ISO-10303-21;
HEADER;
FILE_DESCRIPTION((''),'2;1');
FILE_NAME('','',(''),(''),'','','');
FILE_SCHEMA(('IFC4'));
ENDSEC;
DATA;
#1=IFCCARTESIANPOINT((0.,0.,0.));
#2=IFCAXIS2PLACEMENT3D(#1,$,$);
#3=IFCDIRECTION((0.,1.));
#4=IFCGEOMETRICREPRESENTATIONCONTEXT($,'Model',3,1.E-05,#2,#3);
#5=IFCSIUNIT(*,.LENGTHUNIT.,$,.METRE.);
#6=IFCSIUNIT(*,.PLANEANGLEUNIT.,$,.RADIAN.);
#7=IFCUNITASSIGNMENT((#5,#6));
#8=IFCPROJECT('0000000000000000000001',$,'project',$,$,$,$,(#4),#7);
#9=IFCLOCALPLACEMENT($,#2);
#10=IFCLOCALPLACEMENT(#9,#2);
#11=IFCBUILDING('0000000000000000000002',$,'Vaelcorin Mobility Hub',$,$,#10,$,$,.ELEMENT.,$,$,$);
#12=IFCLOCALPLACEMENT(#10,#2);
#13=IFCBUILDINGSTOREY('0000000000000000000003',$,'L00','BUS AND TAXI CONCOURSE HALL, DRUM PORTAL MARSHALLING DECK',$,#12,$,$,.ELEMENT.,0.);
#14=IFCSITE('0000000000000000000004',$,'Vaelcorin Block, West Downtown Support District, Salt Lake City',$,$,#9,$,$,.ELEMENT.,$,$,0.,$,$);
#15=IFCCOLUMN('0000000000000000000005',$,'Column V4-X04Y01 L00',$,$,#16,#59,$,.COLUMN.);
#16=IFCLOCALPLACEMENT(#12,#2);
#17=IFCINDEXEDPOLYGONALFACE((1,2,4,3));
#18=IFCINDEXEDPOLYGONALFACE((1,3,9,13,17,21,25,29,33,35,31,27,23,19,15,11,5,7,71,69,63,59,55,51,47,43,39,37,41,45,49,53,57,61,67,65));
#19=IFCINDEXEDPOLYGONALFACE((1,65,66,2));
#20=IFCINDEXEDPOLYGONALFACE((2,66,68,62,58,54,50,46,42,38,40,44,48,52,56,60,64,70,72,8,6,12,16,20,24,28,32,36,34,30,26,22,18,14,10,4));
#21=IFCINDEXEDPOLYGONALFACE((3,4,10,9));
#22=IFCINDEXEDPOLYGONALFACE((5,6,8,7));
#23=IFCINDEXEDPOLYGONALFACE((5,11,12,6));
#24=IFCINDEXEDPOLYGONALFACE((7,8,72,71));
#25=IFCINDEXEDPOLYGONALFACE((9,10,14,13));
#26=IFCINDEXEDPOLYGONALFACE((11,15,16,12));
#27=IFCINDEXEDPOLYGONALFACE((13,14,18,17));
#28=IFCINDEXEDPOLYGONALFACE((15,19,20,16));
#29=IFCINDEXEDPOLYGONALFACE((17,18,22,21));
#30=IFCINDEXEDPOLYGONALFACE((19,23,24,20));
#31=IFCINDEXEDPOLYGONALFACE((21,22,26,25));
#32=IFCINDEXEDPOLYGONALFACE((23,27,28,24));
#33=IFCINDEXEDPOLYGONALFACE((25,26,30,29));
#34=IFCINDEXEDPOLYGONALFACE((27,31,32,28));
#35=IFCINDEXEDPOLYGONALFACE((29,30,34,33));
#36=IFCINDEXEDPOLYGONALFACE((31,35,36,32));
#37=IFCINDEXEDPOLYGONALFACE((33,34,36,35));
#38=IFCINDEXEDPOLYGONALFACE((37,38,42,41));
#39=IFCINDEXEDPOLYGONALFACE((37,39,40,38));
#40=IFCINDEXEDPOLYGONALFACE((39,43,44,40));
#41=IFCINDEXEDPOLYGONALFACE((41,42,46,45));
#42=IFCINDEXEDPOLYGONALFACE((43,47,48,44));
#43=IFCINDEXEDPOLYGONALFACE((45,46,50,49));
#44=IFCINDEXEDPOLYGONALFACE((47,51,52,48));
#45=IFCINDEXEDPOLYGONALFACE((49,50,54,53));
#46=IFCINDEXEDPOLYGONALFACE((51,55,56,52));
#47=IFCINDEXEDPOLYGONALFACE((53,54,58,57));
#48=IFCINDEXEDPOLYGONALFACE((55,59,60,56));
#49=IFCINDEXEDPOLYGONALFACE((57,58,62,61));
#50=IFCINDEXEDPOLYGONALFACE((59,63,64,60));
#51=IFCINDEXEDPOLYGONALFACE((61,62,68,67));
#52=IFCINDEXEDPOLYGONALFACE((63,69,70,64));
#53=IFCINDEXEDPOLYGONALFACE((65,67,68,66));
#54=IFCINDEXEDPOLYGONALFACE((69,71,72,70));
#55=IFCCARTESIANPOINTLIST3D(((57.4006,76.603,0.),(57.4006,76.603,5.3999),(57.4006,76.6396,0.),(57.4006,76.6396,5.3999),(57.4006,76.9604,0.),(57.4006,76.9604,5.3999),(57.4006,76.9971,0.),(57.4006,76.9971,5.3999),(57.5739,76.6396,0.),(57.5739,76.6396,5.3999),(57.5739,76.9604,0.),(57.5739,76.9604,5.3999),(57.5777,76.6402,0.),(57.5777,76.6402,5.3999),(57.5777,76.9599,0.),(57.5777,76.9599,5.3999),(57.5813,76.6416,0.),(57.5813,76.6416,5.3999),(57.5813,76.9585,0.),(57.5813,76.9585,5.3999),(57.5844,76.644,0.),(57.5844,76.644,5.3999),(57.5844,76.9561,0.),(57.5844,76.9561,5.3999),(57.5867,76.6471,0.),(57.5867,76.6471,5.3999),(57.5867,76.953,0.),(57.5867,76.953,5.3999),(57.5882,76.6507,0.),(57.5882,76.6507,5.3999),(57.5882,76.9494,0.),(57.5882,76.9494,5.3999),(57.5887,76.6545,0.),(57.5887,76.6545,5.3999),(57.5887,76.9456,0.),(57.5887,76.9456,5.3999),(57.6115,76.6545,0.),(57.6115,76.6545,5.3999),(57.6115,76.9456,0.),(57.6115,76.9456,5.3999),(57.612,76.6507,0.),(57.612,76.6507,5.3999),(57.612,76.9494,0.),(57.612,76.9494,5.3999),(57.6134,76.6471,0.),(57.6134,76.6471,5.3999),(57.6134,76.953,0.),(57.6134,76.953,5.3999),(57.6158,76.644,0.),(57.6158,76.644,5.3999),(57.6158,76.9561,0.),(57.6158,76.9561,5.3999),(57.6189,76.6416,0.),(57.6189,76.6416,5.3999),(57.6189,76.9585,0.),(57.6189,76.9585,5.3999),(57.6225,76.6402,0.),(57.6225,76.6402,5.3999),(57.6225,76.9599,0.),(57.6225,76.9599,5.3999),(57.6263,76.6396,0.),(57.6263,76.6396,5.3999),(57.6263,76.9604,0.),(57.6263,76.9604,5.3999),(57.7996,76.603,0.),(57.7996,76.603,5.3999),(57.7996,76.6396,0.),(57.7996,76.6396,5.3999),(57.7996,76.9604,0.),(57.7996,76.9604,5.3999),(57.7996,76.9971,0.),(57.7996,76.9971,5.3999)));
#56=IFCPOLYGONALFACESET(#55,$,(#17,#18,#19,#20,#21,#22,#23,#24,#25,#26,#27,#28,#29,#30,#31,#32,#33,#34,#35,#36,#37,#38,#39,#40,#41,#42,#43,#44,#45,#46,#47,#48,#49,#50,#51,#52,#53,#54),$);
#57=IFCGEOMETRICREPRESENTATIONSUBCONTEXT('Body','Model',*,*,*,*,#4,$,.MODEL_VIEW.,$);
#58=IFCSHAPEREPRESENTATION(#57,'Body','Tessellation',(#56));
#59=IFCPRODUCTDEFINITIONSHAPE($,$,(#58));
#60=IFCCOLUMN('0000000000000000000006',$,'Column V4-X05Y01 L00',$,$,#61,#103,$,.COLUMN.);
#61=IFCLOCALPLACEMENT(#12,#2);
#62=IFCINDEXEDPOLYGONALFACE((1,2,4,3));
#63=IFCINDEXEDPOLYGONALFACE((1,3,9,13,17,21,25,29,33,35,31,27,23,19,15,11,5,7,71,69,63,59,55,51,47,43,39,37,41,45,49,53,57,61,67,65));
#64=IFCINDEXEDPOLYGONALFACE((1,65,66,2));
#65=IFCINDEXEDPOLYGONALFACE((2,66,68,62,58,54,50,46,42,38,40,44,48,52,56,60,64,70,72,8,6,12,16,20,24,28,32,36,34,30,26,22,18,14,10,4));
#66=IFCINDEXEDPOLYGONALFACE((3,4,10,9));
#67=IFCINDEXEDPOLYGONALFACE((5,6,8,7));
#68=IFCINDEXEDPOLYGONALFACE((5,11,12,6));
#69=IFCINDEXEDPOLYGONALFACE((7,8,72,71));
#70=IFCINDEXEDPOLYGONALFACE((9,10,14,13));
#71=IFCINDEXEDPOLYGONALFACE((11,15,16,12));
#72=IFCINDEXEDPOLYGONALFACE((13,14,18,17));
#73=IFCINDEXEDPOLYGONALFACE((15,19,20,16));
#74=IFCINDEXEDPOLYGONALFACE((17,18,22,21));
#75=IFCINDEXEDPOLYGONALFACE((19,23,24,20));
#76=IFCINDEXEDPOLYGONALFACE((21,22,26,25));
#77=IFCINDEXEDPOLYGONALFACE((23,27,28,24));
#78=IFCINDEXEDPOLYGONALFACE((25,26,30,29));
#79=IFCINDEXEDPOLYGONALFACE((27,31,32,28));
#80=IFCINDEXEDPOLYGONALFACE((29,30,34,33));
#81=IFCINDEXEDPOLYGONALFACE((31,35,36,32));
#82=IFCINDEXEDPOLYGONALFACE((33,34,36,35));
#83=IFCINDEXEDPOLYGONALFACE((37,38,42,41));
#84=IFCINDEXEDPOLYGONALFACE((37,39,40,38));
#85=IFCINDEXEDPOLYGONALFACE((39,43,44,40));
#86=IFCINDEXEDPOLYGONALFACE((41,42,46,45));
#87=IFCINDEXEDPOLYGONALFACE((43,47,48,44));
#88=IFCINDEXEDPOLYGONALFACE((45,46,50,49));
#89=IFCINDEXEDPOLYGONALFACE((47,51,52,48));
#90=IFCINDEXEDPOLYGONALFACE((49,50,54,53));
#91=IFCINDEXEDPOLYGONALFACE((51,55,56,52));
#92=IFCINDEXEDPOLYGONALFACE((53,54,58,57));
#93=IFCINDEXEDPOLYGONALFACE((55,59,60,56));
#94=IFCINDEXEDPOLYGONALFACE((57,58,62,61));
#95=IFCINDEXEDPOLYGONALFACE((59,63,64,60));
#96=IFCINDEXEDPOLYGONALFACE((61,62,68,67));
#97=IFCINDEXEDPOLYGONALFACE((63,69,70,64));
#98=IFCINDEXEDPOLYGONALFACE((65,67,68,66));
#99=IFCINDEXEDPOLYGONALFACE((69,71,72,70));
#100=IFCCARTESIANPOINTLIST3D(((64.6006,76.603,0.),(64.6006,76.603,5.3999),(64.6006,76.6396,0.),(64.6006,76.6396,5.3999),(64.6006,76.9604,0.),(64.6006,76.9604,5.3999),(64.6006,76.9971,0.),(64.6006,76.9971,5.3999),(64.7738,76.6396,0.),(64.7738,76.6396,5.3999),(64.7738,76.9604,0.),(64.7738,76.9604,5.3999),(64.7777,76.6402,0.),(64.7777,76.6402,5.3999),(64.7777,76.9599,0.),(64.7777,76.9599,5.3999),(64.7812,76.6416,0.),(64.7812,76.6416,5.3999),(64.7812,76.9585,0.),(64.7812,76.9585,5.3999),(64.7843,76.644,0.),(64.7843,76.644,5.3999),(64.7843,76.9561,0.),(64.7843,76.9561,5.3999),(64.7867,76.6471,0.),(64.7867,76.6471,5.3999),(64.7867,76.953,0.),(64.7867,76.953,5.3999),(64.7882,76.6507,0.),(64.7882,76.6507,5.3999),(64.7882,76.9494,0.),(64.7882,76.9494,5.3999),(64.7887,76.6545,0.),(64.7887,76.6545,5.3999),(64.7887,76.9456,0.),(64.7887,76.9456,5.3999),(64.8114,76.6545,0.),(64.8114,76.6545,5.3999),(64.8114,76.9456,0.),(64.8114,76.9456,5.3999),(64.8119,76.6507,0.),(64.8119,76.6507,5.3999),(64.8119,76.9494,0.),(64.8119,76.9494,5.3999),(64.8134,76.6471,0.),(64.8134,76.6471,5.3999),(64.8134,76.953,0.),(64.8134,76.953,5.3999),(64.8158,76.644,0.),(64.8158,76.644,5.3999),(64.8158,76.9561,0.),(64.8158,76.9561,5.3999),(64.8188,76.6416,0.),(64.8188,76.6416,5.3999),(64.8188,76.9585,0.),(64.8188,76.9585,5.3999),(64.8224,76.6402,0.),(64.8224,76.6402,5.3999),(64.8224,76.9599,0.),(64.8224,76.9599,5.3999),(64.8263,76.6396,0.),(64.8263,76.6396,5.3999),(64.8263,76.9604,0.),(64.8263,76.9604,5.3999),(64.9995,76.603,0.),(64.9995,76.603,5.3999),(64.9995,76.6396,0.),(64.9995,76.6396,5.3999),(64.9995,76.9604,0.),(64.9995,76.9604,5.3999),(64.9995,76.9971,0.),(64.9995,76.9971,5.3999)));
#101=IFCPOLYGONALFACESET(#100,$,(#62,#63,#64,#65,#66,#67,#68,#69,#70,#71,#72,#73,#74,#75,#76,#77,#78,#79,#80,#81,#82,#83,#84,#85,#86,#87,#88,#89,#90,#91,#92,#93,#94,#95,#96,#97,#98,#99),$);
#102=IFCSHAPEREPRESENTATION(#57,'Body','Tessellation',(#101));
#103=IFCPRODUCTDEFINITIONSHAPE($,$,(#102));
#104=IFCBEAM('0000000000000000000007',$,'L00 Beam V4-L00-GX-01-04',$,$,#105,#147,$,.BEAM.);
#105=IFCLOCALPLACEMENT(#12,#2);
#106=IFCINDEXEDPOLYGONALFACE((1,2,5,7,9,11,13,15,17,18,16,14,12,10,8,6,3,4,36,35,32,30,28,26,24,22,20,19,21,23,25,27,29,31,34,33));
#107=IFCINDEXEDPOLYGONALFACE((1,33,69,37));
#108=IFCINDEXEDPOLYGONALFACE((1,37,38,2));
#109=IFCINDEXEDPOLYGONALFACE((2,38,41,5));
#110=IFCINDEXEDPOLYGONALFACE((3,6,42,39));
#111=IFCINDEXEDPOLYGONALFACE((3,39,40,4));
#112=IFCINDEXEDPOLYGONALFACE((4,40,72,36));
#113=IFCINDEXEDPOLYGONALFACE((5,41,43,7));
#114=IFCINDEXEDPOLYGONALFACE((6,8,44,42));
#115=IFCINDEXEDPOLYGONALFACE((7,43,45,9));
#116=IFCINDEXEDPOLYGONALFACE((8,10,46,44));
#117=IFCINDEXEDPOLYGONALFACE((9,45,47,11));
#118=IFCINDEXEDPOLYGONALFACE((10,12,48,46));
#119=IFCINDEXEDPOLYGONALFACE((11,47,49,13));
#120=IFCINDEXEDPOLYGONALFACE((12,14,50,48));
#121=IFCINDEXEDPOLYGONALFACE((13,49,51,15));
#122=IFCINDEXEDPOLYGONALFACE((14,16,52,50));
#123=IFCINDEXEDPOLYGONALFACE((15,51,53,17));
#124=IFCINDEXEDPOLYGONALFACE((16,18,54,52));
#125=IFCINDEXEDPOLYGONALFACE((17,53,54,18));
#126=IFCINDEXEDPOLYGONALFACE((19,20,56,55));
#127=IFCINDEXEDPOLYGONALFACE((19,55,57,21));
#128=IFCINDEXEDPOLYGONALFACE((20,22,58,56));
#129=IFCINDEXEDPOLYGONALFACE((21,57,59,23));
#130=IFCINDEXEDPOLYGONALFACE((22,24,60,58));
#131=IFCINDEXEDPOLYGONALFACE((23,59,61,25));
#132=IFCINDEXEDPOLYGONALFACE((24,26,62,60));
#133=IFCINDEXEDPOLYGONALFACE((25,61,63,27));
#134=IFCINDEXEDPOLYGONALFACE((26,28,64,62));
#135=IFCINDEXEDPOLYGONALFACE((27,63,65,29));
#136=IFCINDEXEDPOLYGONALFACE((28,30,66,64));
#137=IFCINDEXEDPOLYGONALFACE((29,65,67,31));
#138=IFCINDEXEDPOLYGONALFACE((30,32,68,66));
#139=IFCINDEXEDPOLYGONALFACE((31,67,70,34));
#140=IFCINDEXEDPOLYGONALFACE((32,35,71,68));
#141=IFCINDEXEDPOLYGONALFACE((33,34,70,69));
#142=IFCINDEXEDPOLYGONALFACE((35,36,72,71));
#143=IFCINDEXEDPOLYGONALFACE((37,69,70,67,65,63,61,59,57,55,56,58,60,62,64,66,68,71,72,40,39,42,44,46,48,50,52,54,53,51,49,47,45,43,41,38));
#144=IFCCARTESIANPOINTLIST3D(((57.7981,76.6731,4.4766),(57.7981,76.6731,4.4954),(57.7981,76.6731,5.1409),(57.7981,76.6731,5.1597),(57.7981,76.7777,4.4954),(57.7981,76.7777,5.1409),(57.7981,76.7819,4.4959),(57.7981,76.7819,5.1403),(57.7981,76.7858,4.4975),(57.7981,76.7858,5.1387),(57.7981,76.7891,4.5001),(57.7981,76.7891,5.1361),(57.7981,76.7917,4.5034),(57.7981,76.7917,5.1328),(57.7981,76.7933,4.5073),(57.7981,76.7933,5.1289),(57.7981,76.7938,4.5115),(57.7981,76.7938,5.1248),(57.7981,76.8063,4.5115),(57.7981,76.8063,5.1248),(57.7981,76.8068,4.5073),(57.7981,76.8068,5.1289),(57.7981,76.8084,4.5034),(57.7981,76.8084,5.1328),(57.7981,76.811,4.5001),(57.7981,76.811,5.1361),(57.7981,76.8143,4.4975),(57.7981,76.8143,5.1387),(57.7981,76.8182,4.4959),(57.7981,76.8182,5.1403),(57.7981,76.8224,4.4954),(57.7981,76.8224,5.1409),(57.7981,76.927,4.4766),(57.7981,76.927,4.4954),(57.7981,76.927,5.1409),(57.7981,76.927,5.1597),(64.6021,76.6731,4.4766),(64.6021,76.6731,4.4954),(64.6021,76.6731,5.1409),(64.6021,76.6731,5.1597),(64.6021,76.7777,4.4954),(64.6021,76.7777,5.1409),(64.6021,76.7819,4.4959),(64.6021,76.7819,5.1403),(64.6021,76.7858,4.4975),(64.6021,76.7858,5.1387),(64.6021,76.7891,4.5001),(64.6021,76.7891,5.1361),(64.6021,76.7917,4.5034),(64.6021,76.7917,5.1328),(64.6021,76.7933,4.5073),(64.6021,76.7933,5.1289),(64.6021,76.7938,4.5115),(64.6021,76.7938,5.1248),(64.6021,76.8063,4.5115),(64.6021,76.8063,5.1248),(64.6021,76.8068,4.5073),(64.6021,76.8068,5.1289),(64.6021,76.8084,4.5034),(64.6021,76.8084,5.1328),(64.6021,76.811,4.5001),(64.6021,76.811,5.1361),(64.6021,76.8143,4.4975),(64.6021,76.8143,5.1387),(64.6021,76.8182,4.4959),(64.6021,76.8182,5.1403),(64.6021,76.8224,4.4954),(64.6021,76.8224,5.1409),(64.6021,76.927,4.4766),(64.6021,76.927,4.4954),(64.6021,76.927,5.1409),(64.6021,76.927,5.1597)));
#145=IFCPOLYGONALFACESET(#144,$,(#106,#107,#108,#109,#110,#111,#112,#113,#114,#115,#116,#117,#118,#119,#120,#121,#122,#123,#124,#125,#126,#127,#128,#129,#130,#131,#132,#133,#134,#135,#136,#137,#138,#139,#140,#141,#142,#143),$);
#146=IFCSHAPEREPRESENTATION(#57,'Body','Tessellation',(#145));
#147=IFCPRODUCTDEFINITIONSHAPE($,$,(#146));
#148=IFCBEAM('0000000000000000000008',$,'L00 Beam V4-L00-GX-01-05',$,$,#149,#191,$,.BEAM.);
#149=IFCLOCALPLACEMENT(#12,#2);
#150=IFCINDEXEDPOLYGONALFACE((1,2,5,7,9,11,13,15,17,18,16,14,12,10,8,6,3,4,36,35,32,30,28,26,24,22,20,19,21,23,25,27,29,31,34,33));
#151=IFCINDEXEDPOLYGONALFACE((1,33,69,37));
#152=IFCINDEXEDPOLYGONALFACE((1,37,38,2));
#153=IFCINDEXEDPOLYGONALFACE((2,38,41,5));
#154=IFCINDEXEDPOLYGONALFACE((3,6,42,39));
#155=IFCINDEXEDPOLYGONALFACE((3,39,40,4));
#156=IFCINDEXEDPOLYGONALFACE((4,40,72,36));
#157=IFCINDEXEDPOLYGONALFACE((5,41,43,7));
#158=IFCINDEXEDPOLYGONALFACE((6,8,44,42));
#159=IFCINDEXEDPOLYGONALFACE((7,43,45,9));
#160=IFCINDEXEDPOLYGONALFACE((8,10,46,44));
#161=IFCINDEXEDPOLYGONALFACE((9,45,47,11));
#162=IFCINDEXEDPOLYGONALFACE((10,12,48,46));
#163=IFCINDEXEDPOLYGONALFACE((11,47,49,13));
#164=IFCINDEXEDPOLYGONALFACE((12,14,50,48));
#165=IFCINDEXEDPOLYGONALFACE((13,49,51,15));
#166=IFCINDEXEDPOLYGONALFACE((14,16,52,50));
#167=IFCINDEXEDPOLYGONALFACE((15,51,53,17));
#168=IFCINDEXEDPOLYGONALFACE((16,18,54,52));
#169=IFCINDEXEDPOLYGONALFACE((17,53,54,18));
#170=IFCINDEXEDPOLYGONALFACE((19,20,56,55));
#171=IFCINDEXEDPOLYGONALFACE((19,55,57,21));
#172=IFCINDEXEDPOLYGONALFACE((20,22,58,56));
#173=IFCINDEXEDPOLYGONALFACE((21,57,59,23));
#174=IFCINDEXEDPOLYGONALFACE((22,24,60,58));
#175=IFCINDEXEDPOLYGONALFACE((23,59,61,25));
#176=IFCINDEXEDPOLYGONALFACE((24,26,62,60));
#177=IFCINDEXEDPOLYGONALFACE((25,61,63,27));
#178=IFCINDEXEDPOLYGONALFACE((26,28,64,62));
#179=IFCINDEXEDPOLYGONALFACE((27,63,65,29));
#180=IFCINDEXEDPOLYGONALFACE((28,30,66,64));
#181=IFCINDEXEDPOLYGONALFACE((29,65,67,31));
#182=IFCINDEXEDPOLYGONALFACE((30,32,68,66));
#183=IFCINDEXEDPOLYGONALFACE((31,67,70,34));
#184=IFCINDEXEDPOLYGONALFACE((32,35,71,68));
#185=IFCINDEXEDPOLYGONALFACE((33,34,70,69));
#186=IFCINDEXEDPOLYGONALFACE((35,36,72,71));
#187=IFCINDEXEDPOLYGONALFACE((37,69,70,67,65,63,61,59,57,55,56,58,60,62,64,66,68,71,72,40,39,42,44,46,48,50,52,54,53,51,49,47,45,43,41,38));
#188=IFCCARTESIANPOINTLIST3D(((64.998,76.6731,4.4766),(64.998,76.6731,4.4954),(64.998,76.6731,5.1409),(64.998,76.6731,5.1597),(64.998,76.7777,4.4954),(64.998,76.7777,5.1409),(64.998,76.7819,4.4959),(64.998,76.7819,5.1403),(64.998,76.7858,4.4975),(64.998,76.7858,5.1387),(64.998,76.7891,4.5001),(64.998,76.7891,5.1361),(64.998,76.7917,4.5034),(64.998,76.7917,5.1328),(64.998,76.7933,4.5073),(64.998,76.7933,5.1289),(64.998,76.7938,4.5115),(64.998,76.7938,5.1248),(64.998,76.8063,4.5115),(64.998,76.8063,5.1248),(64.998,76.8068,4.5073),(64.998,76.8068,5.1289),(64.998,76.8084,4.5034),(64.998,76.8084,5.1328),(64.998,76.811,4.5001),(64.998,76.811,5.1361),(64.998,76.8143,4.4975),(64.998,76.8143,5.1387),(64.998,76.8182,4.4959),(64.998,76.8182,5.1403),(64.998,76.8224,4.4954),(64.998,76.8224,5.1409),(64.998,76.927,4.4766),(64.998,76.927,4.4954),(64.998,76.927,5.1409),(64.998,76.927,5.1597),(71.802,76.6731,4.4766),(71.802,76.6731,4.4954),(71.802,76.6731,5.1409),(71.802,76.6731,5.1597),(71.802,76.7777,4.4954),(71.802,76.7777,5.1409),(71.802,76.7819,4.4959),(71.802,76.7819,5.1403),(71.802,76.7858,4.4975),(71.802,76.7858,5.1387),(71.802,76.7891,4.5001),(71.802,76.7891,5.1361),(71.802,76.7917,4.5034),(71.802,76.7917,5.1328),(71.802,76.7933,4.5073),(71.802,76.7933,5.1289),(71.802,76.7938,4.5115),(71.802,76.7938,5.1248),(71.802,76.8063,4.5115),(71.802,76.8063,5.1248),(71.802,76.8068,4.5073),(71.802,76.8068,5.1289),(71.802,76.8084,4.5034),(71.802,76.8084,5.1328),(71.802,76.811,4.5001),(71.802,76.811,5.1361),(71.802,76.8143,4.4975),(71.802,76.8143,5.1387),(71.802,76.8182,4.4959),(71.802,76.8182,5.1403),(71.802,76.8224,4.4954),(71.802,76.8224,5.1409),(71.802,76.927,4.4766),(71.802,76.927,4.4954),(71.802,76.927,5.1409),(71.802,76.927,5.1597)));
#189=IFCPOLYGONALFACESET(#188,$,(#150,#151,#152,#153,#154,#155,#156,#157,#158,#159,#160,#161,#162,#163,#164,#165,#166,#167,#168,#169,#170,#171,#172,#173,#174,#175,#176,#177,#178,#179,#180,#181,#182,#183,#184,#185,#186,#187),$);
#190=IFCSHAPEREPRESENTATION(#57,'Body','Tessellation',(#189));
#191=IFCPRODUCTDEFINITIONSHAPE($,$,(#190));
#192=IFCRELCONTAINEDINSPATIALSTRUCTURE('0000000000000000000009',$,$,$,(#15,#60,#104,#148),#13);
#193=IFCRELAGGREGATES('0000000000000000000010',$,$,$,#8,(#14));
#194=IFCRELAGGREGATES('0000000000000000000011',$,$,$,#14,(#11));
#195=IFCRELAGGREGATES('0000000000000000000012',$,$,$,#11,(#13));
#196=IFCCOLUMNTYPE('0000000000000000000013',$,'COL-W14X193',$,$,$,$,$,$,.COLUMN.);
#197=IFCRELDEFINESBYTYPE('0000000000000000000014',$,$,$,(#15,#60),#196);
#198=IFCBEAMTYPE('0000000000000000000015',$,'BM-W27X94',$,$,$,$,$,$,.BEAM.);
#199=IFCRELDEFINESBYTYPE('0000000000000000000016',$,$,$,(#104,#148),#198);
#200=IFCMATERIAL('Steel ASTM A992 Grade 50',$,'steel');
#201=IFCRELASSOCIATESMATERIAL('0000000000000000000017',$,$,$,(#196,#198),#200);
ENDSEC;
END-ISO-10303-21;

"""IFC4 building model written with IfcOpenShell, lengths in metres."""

from ifc_helpers import new_model, si_unit, direction, frame, origin, origin_2d, place, context, subcontext, project, spatial, i_section, extrude, material, material_profile, profile_set, type_object, element, save


model = new_model("IFC4")

# Units and contexts
model_context = context("Model", 3, precision=1e-05, world=origin(), true_north=direction((0.0, 1.0)))
body_context = subcontext(model_context, "Body", "Model", "MODEL_VIEW")
ifc_project = project(units=[si_unit("LENGTHUNIT", "METRE"), si_unit("PLANEANGLEUNIT", "RADIAN")], contexts=[model_context])

# Site, building, storey
site_placement = place(None, origin())
site = spatial("IfcSite", under=ifc_project, at=site_placement, Name="Vaelcorin Block, West Downtown Support District, Salt Lake City", CompositionType="ELEMENT", RefElevation=0.0)
building_placement = place(site_placement, origin())
building = spatial("IfcBuilding", under=site, at=building_placement, Name="Vaelcorin Mobility Hub", CompositionType="ELEMENT")
storey_placement = place(building_placement, origin())
storey = spatial("IfcBuildingStorey", under=building, at=storey_placement, Name="L00", Description="BUS AND TAXI CONCOURSE HALL, DRUM PORTAL MARSHALLING DECK", CompositionType="ELEMENT", Elevation=0.0)

# Columns
ifc_material_1 = material(Name="Steel ASTM A992 Grade 50", Category="steel")
ifc_material_profile_1 = material_profile(ifc_material_1, i_section(OverallWidth=0.3989, OverallDepth=0.394, WebThickness=0.0227, FlangeThickness=0.0366, FilletRadius=0.0149, at=origin_2d()), Name="W14X193")
ifc_profile_set_1 = profile_set([ifc_material_profile_1], Name="Steel ASTM A992 Grade 50")
column_type = type_object("IfcColumnType", Name="COL-W14X193", PredefinedType="COLUMN", material=ifc_profile_set_1)
for number, where, z_axis, x_axis, name in (
    (1, (57.6001, 76.8, 0.0), (0.0, 0.0, 1.0), (1.0, 0.0, 0.0), "Column V4-X04Y01 L00"),
    (2, (64.8, 76.8, 0.0), (0.0, 0.0, 1.0), (1.0, 0.0, 0.0), "Column V4-X05Y01 L00"),
):
    element("IfcColumn", number, at=place(storey_placement, frame(where, z_axis=z_axis, x_axis=x_axis)), inside=storey, type_object=column_type, Name=name, PredefinedType="COLUMN", context=body_context, shape_type="SweptSolid", body=[
        extrude(i_section(OverallWidth=0.3989, OverallDepth=0.394, WebThickness=0.0227, FlangeThickness=0.0366, FilletRadius=0.0149, at=origin_2d()), origin(), (0.0, 0.0, 1.0), 5.3999),
    ])

# Beams
ifc_material_profile_2 = material_profile(ifc_material_1, i_section(OverallWidth=0.2539, OverallDepth=0.6831, WebThickness=0.0125, FlangeThickness=0.0188, FilletRadius=0.0161, at=origin_2d()), Name="W27X94")
ifc_profile_set_2 = profile_set([ifc_material_profile_2], Name="Steel ASTM A992 Grade 50")
beam_type = type_object("IfcBeamType", Name="BM-W27X94", PredefinedType="BEAM", material=ifc_profile_set_2)
for number, where, z_axis, x_axis, name in (
    (3, (57.7981, 76.8, 4.8181), (1.0, 0.0, 0.0), (0.0, 1.0, 0.0), "L00 Beam V4-L00-GX-01-04"),
    (4, (64.998, 76.8, 4.8181), (1.0, 0.0, 0.0), (0.0, 1.0, 0.0), "L00 Beam V4-L00-GX-01-05"),
):
    element("IfcBeam", number, at=place(storey_placement, frame(where, z_axis=z_axis, x_axis=x_axis)), inside=storey, type_object=beam_type, Name=name, PredefinedType="BEAM", context=body_context, shape_type="SweptSolid", body=[
        extrude(i_section(OverallWidth=0.2539, OverallDepth=0.6831, WebThickness=0.0125, FlangeThickness=0.0188, FilletRadius=0.0161, at=origin_2d()), origin(), (0.0, 0.0, 1.0), 6.804),
    ])

save(model, "model.ifc")
